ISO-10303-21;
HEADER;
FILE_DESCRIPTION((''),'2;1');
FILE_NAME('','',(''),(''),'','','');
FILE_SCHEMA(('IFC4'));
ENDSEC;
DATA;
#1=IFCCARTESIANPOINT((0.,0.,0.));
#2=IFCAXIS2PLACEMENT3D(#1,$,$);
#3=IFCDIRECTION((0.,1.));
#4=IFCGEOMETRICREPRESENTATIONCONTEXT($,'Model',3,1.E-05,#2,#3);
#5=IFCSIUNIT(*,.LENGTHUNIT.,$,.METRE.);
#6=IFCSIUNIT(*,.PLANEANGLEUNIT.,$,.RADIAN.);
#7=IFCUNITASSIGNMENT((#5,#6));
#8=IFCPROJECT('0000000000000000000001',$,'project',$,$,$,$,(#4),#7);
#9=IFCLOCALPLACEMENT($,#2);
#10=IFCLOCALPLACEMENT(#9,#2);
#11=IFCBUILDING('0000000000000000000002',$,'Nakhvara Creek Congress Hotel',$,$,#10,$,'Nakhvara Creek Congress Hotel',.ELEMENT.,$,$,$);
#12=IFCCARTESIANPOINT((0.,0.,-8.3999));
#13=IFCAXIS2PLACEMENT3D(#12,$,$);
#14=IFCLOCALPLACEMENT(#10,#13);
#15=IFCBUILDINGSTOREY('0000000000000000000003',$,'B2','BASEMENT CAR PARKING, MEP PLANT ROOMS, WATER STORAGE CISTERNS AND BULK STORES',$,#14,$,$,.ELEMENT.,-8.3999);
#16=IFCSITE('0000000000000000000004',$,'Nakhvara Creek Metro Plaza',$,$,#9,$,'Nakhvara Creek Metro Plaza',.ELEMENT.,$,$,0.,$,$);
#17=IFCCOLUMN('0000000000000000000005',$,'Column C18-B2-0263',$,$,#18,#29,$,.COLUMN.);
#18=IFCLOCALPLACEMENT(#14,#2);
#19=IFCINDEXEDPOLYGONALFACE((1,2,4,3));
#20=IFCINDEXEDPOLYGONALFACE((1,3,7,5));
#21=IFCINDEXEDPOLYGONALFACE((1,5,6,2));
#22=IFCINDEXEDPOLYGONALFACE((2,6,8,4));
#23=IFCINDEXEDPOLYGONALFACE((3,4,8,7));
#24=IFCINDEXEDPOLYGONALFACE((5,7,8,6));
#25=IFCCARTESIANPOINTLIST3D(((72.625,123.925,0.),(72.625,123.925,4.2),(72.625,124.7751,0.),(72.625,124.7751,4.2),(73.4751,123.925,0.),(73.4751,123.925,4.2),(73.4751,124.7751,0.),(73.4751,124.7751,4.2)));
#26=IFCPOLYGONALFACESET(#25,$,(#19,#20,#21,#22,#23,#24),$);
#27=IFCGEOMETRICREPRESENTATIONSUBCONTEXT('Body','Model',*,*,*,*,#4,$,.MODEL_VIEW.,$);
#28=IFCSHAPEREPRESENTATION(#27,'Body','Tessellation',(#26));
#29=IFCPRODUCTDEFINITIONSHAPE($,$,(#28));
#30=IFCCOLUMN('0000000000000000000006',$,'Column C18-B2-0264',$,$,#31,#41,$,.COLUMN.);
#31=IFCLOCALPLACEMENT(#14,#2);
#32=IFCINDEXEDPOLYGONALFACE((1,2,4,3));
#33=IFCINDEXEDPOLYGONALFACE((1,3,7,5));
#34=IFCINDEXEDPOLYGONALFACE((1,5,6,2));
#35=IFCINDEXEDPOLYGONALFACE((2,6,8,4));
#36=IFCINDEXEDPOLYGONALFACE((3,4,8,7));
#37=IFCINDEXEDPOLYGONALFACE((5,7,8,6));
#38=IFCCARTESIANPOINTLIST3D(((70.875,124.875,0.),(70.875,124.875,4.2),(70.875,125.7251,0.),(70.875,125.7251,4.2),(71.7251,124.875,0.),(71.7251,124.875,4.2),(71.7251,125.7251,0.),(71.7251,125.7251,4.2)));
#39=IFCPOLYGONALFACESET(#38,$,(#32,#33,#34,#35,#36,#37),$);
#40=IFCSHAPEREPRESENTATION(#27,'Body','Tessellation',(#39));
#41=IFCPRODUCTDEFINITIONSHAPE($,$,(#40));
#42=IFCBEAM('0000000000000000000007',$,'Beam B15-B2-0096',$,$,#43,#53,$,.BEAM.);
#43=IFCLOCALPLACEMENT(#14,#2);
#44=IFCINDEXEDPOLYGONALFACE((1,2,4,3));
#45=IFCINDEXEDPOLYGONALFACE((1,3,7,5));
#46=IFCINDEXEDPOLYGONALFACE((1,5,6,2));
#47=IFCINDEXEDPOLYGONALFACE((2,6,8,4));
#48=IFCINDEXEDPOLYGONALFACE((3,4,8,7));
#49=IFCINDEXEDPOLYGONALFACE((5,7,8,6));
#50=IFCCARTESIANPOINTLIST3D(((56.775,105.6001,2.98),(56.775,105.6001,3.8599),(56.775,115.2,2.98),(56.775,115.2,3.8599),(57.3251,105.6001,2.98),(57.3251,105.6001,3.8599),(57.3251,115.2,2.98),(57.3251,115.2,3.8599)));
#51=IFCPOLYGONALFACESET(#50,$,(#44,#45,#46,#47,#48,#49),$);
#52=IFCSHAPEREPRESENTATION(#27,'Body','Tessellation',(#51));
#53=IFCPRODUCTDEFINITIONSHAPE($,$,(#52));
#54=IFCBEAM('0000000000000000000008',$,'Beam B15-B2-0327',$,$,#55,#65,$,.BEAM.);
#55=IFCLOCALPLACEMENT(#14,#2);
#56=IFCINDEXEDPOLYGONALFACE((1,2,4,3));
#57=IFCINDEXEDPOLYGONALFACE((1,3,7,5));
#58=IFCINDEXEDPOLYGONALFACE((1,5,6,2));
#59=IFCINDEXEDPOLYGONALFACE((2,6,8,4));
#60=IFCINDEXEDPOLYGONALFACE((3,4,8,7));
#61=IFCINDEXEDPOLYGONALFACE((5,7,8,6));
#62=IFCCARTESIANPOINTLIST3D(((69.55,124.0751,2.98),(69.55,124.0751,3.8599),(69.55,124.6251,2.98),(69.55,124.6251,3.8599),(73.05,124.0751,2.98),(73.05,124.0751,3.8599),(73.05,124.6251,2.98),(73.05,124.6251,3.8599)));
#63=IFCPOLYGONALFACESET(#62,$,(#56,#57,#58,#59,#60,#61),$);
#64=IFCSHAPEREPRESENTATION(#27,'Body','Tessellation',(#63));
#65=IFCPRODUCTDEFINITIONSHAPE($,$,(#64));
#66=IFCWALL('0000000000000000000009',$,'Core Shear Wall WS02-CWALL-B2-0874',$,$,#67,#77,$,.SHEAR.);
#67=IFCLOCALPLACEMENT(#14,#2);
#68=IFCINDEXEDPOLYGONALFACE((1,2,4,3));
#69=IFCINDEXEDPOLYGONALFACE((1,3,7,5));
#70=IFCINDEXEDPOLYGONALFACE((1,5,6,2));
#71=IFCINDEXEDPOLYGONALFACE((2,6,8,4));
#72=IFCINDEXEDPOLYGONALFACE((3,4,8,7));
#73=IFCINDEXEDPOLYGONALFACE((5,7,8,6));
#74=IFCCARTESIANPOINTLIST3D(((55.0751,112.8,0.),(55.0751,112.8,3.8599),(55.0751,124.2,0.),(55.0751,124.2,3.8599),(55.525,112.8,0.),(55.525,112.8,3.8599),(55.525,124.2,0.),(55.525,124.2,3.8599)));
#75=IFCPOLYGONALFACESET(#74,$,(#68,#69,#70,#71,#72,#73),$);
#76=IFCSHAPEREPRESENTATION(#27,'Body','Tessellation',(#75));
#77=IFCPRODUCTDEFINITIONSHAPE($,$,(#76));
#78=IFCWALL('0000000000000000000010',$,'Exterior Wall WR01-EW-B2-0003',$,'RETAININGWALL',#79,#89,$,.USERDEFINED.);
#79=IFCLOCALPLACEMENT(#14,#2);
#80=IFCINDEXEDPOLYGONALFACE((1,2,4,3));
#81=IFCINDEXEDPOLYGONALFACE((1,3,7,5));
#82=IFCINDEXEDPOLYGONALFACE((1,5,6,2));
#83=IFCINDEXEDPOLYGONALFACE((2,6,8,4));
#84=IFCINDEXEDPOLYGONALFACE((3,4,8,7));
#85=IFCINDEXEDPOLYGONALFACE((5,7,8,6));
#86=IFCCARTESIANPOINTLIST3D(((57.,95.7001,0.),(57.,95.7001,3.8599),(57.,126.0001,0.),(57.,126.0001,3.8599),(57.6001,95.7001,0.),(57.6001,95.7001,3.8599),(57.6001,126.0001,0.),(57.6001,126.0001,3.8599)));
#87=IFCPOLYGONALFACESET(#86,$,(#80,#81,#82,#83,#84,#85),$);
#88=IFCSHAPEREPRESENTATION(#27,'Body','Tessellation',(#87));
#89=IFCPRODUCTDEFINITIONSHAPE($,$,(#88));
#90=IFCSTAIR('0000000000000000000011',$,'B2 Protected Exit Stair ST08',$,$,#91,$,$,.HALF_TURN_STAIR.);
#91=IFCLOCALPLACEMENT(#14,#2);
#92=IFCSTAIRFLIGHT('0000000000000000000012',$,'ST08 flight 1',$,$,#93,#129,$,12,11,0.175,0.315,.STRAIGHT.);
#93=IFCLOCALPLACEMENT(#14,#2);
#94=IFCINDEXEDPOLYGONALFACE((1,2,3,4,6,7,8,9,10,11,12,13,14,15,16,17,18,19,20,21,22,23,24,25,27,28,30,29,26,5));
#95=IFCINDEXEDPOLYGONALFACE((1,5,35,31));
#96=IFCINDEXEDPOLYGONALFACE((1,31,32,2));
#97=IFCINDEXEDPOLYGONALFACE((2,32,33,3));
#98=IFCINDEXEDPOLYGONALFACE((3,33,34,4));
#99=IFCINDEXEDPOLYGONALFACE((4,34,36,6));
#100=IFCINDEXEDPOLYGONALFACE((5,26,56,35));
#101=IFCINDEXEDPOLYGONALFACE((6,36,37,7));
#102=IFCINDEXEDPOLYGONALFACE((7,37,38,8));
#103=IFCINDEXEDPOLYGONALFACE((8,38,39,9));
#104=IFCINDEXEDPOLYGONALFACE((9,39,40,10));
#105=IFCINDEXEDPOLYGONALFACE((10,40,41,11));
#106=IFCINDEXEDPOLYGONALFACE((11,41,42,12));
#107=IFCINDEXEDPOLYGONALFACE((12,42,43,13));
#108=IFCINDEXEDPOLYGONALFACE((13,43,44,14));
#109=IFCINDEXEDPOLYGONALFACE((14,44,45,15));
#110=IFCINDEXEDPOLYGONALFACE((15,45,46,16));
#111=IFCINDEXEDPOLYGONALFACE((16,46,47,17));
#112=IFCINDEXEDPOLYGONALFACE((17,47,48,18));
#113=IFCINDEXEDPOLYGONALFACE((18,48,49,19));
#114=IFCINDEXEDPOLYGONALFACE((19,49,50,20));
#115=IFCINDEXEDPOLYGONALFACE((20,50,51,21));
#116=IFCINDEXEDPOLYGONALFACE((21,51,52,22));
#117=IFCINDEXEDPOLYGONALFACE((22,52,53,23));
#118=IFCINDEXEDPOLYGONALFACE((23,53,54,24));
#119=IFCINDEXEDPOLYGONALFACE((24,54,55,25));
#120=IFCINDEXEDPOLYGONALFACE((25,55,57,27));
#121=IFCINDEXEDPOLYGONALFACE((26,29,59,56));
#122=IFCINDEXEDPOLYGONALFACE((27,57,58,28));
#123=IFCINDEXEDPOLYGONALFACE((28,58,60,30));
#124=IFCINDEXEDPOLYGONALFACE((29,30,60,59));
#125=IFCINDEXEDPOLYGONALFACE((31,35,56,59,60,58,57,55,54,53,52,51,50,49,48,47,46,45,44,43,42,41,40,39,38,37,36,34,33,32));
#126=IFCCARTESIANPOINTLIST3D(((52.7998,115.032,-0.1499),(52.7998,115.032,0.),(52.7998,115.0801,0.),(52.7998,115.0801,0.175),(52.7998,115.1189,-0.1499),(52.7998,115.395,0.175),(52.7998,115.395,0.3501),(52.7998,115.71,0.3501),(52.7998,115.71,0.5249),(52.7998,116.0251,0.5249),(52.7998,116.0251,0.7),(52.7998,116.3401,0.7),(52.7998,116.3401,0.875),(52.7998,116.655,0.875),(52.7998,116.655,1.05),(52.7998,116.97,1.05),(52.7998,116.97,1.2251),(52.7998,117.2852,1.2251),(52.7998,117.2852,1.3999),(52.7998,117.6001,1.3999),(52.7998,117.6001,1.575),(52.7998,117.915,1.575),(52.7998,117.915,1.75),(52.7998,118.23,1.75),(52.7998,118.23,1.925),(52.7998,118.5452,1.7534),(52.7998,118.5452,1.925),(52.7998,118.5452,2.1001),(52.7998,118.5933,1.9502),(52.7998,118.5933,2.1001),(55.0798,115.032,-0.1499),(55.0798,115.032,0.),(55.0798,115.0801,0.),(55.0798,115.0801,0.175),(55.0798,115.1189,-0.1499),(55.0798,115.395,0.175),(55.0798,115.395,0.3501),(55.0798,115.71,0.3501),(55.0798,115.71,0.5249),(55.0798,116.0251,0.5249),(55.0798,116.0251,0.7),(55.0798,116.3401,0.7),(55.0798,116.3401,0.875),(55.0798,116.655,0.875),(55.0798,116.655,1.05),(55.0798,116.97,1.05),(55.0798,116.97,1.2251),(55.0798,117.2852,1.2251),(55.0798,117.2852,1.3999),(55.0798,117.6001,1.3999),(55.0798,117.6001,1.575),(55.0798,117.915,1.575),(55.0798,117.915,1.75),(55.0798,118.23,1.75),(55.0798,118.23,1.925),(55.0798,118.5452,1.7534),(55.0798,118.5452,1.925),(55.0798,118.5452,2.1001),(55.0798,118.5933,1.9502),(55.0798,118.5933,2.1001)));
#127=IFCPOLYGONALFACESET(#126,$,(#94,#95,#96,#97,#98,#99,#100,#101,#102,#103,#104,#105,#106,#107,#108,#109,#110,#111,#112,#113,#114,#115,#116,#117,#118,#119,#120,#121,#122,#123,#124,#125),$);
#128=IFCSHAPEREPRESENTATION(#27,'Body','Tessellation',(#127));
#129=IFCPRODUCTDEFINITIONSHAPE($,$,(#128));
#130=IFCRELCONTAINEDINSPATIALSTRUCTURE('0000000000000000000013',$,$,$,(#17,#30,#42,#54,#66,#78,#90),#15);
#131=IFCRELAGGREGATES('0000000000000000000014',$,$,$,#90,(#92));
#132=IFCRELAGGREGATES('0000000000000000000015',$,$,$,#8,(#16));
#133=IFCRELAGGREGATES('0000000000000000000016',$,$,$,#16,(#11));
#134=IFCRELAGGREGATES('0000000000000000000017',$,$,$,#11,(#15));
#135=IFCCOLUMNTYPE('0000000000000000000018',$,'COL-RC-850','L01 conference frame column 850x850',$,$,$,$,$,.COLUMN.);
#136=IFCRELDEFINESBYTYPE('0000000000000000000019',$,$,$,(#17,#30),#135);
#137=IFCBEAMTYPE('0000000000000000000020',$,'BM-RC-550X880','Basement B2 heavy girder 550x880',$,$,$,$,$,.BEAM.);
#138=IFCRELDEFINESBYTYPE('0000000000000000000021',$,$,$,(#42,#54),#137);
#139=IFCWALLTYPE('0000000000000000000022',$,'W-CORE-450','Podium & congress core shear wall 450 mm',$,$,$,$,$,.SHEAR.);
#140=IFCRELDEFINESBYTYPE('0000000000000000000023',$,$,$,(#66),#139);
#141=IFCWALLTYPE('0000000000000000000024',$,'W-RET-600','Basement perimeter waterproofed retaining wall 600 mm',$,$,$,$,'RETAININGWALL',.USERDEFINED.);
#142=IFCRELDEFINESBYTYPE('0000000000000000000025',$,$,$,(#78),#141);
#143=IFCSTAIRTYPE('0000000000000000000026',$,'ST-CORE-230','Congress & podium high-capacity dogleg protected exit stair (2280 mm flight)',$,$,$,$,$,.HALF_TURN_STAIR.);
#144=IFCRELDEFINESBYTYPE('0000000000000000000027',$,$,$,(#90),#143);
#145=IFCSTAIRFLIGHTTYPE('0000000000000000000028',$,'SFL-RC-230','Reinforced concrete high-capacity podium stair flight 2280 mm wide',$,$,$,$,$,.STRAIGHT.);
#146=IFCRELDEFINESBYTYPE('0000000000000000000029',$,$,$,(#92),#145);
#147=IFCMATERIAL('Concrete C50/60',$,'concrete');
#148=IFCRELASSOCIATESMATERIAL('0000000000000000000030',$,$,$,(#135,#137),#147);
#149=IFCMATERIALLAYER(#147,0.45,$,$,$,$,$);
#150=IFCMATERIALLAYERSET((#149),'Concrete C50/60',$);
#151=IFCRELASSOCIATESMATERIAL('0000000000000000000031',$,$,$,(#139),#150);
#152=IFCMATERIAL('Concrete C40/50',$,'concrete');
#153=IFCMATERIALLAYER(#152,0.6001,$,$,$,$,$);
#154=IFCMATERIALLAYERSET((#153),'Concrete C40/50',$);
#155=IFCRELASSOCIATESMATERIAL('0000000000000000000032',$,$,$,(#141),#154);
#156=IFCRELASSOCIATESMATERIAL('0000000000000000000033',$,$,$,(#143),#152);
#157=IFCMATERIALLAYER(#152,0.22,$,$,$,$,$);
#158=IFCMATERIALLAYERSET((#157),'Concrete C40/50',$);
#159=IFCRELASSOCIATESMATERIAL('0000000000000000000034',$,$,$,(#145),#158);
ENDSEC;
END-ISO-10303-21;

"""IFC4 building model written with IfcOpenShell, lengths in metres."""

from ifc_helpers import new_model, si_unit, direction, frame, frame_2d, origin, origin_2d, place, context, subcontext, project, spatial, polyline, rectangle, outline, extrude, material, layer, layer_set, material_profile, profile_set, type_object, element, aggregate, save


model = new_model("IFC4")

# Units and contexts
model_context = context("Model", 3, precision=1e-05, world=origin(), true_north=direction((0.0, 1.0)))
body_context = subcontext(model_context, "Body", "Model", "MODEL_VIEW")
ifc_project = project(units=[si_unit("LENGTHUNIT", "METRE"), si_unit("PLANEANGLEUNIT", "RADIAN")], contexts=[model_context])

# Site, building, storey
site_placement = place(None, origin())
site = spatial("IfcSite", under=ifc_project, at=site_placement, Name="Nakhvara Creek Metro Plaza", LongName="Nakhvara Creek Metro Plaza", CompositionType="ELEMENT", RefElevation=0.0)
building_placement = place(site_placement, origin())
building = spatial("IfcBuilding", under=site, at=building_placement, Name="Nakhvara Creek Congress Hotel", LongName="Nakhvara Creek Congress Hotel", CompositionType="ELEMENT")
storey_placement = place(building_placement, frame((0.0, 0.0, -8.3999)))
storey = spatial("IfcBuildingStorey", under=building, at=storey_placement, Name="B2", Description="BASEMENT CAR PARKING, MEP PLANT ROOMS, WATER STORAGE CISTERNS AND BULK STORES", CompositionType="ELEMENT", Elevation=-8.3999)

# Shared definitions
ifc_material_1 = material(Name="Concrete C40/50", Category="concrete")

# Columns
ifc_material_2 = material(Name="Concrete C50/60", Category="concrete")
ifc_material_profile_1 = material_profile(ifc_material_2, rectangle(XDim=0.8501, YDim=0.8501, at=origin_2d()), Name="RC-COL 850x850", Category="LoadBearing")
ifc_profile_set_1 = profile_set([ifc_material_profile_1], Name="Concrete C50/60")
column_type_1 = type_object("IfcColumnType", Name="COL-RC-850", Description="L01 conference frame column 850x850", PredefinedType="COLUMN", material=ifc_profile_set_1)
for number, where, z_axis, x_axis, name in (
    (1, (73.05, 124.3501, 0.0), (0.0, 0.0, 1.0), (1.0, 0.0, 0.0), "Column C18-B2-0263"),
    (2, (71.3, 125.3, 0.0), (0.0, 0.0, 1.0), (1.0, 0.0, 0.0), "Column C18-B2-0264"),
):
    element("IfcColumn", number, at=place(storey_placement, frame(where, z_axis=z_axis, x_axis=x_axis)), inside=storey, type_object=column_type_1, Name=name, PredefinedType="COLUMN", context=body_context, shape_type="SweptSolid", body=[
        extrude(rectangle(XDim=0.8501, YDim=0.8501, at=origin_2d()), origin(), (0.0, 0.0, 1.0), 4.2),
    ])

# Beams
ifc_material_profile_2 = material_profile(ifc_material_2, rectangle(XDim=0.55, YDim=0.8799, at=origin_2d()), Name="RC-BM 550x880", Category="LoadBearing")
ifc_profile_set_2 = profile_set([ifc_material_profile_2], Name="Concrete C50/60")
beam_type = type_object("IfcBeamType", Name="BM-RC-550X880", Description="Basement B2 heavy girder 550x880", PredefinedType="BEAM", material=ifc_profile_set_2)
beam_1_placement = place(storey_placement, frame((57.05, 105.6001, 3.4199), z_axis=(0.0, 1.0, 0.0), x_axis=(-1.0, 0.0, 0.0)))
element("IfcBeam", 3, at=beam_1_placement, inside=storey, type_object=beam_type, Name="Beam B15-B2-0096", PredefinedType="BEAM", context=body_context, shape_type="SweptSolid", body=[
    extrude(rectangle(XDim=0.55, YDim=0.8799, at=origin_2d()), origin(), (0.0, 0.0, 1.0), 9.5999),
])
beam_2_placement = place(storey_placement, frame((69.55, 124.3501, 3.4199), z_axis=(1.0, 0.0, 0.0), x_axis=(0.0, 1.0, 0.0)))
element("IfcBeam", 4, at=beam_2_placement, inside=storey, type_object=beam_type, Name="Beam B15-B2-0327", PredefinedType="BEAM", context=body_context, shape_type="SweptSolid", body=[
    extrude(rectangle(XDim=0.55, YDim=0.8799, at=origin_2d()), origin(), (0.0, 0.0, 1.0), 3.5),
])

# Walls
ifc_layer_1 = layer(ifc_material_2, 0.45)
ifc_layer_set_1 = layer_set([ifc_layer_1], Name="Concrete C50/60")
wall_type_1 = type_object("IfcWallType", Name="W-CORE-450", Description="Podium & congress core shear wall 450 mm", PredefinedType="SHEAR", material=ifc_layer_set_1)
wall_1_placement = place(storey_placement, frame((55.3, 112.8, 0.0), z_axis=(0.0, 0.0, 1.0), x_axis=(0.0, 1.0, 0.0)))
element("IfcWall", 5, at=wall_1_placement, inside=storey, type_object=wall_type_1, Name="Core Shear Wall WS02-CWALL-B2-0874", PredefinedType="SHEAR", context=body_context, shape_type="SweptSolid", body=[
    extrude(rectangle(XDim=11.3999, YDim=0.45, at=frame_2d((5.7, 0.0))), origin(), (0.0, 0.0, 1.0), 3.8599),
])
ifc_layer_2 = layer(ifc_material_1, 0.6001)
ifc_layer_set_2 = layer_set([ifc_layer_2], Name="Concrete C40/50")
wall_type_2 = type_object("IfcWallType", Name="W-RET-600", Description="Basement perimeter waterproofed retaining wall 600 mm", ElementType="RETAININGWALL", PredefinedType="USERDEFINED", material=ifc_layer_set_2)
wall_2_placement = place(storey_placement, frame((57.3, 126.0, 0.0), z_axis=(0.0, 0.0, 1.0), x_axis=(0.0, -1.0, 0.0)))
element("IfcWall", 6, at=wall_2_placement, inside=storey, type_object=wall_type_2, Name="Exterior Wall WR01-EW-B2-0003", ObjectType="RETAININGWALL", PredefinedType="USERDEFINED", context=body_context, shape_type="SweptSolid", body=[
    extrude(rectangle(XDim=30.3, YDim=0.6001, at=frame_2d((15.1499, 0.0))), origin(), (0.0, 0.0, 1.0), 3.8599),
])

# Stair, stair flight
stair_type = type_object("IfcStairType", Name="ST-CORE-230", Description="Congress & podium high-capacity dogleg protected exit stair (2280 mm flight)", PredefinedType="HALF_TURN_STAIR", material=ifc_material_1)
stair_placement = place(storey_placement, origin())
stair = element("IfcStair", 7, at=stair_placement, inside=storey, type_object=stair_type, Name="B2 Protected Exit Stair ST08", PredefinedType="HALF_TURN_STAIR")
ifc_layer_3 = layer(ifc_material_1, 0.22)
ifc_layer_set_3 = layer_set([ifc_layer_3], Name="Concrete C40/50")
stair_flight_type = type_object("IfcStairFlightType", Name="SFL-RC-230", Description="Reinforced concrete high-capacity podium stair flight 2280 mm wide", PredefinedType="STRAIGHT", material=ifc_layer_set_3)
stair_flight_placement = place(storey_placement, frame((53.9399, 115.0801, 0.0), z_axis=(0.0, 0.0, 1.0), x_axis=(0.0, 1.0, 0.0)))
stair_flight = element("IfcStairFlight", 8, at=stair_flight_placement, type_object=stair_flight_type, Name="ST08 flight 1", NumberOfRisers=12, NumberOfTreads=11, PredefinedType="STRAIGHT", RiserHeight=0.175, TreadLength=0.315, context=body_context, shape_type="SweptSolid", body=[
    extrude(outline(polyline([(-0.0481, 0.0), (0.0, 0.0), (0.0, 0.175), (0.3149, 0.175), (0.3149, 0.3501), (0.6299, 0.3501), (0.6299, 0.5249), (0.9451, 0.5249), (0.9451, 0.7), (1.26, 0.7), (1.26, 0.875), (1.575, 0.875), (1.575, 1.05), (1.8899, 1.05), (1.8899, 1.2251), (2.2051, 1.2251), (2.2051, 1.3999), (2.52, 1.3999), (2.52, 1.575), (2.835, 1.575), (2.835, 1.75), (3.1499, 1.75), (3.1499, 1.925), (3.4651, 1.925), (3.4651, 2.1001), (3.5132, 2.1001), (3.5132, 1.9502), (3.4651, 1.7534), (0.0388, -0.1499), (-0.0481, -0.1499), (-0.0481, 0.0)])), frame((0.0, 1.1401, 0.0), z_axis=(0.0, -1.0, 0.0), x_axis=(1.0, 0.0, 0.0)), (0.0, 0.0, 1.0), 2.28),
])
aggregate(stair, [stair_flight])

save(model, "model.ifc")
